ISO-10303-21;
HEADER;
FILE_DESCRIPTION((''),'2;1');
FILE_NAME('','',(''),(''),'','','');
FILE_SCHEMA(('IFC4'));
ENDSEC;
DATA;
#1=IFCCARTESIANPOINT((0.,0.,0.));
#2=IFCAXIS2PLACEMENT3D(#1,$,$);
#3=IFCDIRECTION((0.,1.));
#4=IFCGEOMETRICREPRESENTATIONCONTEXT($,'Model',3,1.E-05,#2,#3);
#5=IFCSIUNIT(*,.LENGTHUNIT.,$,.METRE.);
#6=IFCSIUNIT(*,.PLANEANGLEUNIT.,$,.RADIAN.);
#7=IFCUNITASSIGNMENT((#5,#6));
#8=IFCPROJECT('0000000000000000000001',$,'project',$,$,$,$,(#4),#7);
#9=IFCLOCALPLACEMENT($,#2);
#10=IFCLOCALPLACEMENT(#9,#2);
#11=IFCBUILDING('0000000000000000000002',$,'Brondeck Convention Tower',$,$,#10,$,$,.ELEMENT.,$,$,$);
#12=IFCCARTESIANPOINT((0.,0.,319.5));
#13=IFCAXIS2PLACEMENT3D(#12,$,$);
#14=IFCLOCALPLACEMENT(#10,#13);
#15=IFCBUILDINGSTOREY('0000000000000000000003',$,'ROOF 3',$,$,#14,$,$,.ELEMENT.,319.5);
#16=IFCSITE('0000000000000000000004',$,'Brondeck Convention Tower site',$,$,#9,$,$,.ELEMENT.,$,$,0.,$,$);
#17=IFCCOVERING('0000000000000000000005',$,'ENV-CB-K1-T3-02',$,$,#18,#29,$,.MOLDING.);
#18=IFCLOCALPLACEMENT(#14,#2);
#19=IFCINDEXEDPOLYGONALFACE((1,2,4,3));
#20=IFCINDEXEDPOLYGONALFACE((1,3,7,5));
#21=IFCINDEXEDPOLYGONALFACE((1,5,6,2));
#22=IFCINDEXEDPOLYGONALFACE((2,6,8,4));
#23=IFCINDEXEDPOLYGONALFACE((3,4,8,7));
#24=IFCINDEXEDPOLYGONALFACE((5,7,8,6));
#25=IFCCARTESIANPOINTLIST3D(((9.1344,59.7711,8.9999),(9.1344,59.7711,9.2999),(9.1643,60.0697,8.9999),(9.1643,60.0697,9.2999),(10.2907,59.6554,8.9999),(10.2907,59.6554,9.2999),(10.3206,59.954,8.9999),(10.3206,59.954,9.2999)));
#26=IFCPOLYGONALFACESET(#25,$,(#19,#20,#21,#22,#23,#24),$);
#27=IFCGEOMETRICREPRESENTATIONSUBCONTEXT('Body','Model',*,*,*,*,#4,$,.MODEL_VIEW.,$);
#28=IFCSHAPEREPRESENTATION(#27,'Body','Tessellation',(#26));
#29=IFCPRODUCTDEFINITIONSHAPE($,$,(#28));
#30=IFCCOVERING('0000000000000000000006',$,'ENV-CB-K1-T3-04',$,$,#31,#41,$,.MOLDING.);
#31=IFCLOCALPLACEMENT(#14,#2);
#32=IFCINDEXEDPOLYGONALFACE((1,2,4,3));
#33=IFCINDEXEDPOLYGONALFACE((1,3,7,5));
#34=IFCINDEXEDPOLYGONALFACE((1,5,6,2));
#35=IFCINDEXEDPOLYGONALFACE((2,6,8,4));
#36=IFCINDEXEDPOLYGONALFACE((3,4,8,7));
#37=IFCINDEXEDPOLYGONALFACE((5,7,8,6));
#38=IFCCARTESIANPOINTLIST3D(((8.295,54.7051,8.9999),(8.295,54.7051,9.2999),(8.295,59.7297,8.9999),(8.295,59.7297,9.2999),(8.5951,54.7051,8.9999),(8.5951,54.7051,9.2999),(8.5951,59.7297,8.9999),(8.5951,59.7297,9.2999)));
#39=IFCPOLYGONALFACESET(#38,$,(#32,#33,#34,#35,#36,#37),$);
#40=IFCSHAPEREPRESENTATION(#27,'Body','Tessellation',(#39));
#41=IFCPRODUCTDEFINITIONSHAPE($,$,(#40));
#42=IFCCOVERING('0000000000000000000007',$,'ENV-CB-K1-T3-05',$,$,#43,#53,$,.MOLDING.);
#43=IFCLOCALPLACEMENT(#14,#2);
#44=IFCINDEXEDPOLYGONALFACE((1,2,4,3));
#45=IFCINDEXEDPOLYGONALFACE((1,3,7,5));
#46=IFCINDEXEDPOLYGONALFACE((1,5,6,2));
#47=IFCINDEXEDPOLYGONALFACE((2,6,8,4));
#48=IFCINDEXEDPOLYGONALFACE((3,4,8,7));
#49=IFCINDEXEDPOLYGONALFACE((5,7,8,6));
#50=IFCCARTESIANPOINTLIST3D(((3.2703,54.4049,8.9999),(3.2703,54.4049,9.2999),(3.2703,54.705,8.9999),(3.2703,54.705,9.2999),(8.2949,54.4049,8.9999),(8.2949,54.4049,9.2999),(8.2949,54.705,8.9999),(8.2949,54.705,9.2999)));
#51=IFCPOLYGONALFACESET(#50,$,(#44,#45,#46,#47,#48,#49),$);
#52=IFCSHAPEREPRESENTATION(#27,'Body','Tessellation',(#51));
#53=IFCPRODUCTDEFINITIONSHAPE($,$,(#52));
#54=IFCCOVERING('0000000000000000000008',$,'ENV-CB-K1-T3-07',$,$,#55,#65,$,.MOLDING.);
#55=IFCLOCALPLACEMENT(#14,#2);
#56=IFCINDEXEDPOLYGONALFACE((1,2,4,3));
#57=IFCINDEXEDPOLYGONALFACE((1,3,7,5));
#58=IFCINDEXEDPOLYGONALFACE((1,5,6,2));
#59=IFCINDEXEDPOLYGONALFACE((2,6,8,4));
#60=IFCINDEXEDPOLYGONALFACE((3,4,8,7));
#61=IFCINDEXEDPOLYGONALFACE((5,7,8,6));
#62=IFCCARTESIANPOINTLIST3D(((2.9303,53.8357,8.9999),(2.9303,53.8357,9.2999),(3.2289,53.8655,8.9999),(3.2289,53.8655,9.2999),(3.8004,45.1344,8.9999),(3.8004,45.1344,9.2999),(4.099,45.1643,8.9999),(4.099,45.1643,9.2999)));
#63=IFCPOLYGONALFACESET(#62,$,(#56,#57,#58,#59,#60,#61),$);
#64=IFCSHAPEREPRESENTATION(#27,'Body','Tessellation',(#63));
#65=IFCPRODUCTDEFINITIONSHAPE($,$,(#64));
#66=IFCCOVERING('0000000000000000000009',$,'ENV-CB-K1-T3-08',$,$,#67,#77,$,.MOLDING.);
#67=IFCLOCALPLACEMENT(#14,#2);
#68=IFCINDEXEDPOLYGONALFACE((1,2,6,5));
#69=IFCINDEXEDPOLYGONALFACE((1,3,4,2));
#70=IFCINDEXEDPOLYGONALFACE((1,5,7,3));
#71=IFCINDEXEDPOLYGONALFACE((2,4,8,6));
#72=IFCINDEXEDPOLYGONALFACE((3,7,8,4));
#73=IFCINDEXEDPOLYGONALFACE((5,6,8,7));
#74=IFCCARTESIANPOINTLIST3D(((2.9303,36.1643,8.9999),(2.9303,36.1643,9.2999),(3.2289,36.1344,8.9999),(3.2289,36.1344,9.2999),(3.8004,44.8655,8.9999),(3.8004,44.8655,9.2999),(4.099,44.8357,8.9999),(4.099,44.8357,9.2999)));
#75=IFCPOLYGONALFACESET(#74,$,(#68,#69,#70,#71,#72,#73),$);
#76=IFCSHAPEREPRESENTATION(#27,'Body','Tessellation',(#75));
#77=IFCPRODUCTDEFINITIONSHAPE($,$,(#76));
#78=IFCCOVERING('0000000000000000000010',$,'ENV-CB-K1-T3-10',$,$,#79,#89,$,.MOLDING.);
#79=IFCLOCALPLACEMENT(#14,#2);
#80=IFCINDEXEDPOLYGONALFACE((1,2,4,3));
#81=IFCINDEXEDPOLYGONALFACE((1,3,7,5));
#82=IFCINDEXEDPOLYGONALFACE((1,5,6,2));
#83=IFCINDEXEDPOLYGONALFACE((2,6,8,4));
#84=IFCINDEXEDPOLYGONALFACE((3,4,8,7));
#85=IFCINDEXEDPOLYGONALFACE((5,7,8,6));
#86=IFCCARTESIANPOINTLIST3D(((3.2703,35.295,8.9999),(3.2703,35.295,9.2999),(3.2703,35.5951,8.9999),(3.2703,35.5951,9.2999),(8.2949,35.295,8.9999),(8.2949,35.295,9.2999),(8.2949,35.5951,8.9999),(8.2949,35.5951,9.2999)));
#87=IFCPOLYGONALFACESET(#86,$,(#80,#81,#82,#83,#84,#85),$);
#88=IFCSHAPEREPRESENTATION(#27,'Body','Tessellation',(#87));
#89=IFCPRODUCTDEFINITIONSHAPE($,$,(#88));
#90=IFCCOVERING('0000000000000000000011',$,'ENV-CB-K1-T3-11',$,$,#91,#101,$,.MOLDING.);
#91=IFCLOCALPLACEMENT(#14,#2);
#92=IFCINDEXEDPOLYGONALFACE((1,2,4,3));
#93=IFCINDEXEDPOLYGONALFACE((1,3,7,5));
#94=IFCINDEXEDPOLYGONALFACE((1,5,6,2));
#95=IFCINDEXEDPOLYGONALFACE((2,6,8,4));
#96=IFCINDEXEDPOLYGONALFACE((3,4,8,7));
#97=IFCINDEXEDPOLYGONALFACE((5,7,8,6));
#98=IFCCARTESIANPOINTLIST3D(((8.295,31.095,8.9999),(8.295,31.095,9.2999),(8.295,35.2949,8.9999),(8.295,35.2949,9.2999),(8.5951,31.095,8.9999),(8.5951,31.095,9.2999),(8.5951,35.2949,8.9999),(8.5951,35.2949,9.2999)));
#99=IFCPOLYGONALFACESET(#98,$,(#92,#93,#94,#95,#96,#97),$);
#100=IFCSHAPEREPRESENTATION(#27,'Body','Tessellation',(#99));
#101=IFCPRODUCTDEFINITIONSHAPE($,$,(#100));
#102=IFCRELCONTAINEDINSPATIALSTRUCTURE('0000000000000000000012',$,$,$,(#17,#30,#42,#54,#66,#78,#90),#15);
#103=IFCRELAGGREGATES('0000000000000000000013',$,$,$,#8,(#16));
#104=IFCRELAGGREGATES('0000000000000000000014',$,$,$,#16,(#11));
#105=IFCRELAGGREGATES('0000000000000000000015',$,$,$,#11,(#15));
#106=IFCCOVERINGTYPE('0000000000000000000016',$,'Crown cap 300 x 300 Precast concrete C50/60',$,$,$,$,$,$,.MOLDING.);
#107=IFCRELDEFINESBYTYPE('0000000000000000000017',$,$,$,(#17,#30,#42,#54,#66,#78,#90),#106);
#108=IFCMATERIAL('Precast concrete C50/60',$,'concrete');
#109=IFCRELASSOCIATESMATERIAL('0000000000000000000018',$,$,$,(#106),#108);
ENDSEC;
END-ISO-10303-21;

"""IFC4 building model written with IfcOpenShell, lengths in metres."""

from ifc_helpers import new_model, si_unit, direction, frame, origin, origin_2d, place, context, subcontext, project, spatial, rectangle, extrude, material, material_profile, profile_set, type_object, element, save


model = new_model("IFC4")

# Units and contexts
model_context = context("Model", 3, precision=1e-05, world=origin(), true_north=direction((0.0, 1.0)))
body_context = subcontext(model_context, "Body", "Model", "MODEL_VIEW")
ifc_project = project(units=[si_unit("LENGTHUNIT", "METRE"), si_unit("PLANEANGLEUNIT", "RADIAN")], contexts=[model_context])

# Site, building, storey
site_placement = place(None, origin())
site = spatial("IfcSite", under=ifc_project, at=site_placement, Name="Brondeck Convention Tower site", CompositionType="ELEMENT", RefElevation=0.0)
building_placement = place(site_placement, origin())
building = spatial("IfcBuilding", under=site, at=building_placement, Name="Brondeck Convention Tower", CompositionType="ELEMENT")
storey_placement = place(building_placement, frame((0.0, 0.0, 319.5)))
storey = spatial("IfcBuildingStorey", under=building, at=storey_placement, Name="ROOF 3", CompositionType="ELEMENT", Elevation=319.5)

# Coverings
ifc_material_1 = material(Name="Precast concrete C50/60", Category="concrete")
ifc_material_profile = material_profile(ifc_material_1, rectangle(XDim=0.3, YDim=0.3, at=origin_2d()), Name="Crown cap 300 x 300 Precast concrete C50/60")
ifc_profile_set = profile_set([ifc_material_profile], Name="Precast concrete C50/60")
covering_type = type_object("IfcCoveringType", Name="Crown cap 300 x 300 Precast concrete C50/60", PredefinedType="MOLDING", material=ifc_profile_set)
covering_1_placement = place(storey_placement, frame((10.3057, 59.8047, 9.1499), z_axis=(-0.995029, 0.099587, 0.0), x_axis=(-0.099587, -0.995029, 0.0)))
element("IfcCovering", 1, at=covering_1_placement, inside=storey, type_object=covering_type, Name="ENV-CB-K1-T3-02", PredefinedType="MOLDING", context=body_context, shape_type="SweptSolid", body=[
    extrude(rectangle(XDim=0.3, YDim=0.3, at=origin_2d()), origin(), (0.0, 0.0, 1.0), 1.1621),
])
for number, where, z_axis, x_axis, name in (
    (2, (8.4451, 59.7297, 9.1499), (0.0, -1.0, 0.0), (1.0, 0.0, 0.0), "ENV-CB-K1-T3-04"),
    (3, (8.2949, 54.5549, 9.1499), (-1.0, 0.0, 0.0), (0.0, -1.0, 0.0), "ENV-CB-K1-T3-05"),
):
    element("IfcCovering", number, at=place(storey_placement, frame(where, z_axis=z_axis, x_axis=x_axis)), inside=storey, type_object=covering_type, Name=name, PredefinedType="MOLDING", context=body_context, shape_type="SweptSolid", body=[
        extrude(rectangle(XDim=0.3, YDim=0.3, at=origin_2d()), origin(), (0.0, 0.0, 1.0), 5.0247),
    ])
for number, where, z_axis, x_axis, name in (
    (4, (3.0796, 53.8506, 9.1499), (0.099504, -0.995037, 0.0), (0.995037, 0.099504, 0.0), "ENV-CB-K1-T3-07"),
    (5, (3.9497, 44.8506, 9.1499), (-0.099504, -0.995037, 0.0), (0.995037, -0.099504, 0.0), "ENV-CB-K1-T3-08"),
):
    element("IfcCovering", number, at=place(storey_placement, frame(where, z_axis=z_axis, x_axis=x_axis)), inside=storey, type_object=covering_type, Name=name, PredefinedType="MOLDING", context=body_context, shape_type="SweptSolid", body=[
        extrude(rectangle(XDim=0.3, YDim=0.3, at=origin_2d()), origin(), (0.0, 0.0, 1.0), 8.7446),
    ])
covering_2_placement = place(storey_placement, frame((3.2703, 35.4451, 9.1499), z_axis=(1.0, 0.0, 0.0), x_axis=(0.0, 1.0, 0.0)))
element("IfcCovering", 6, at=covering_2_placement, inside=storey, type_object=covering_type, Name="ENV-CB-K1-T3-10", PredefinedType="MOLDING", context=body_context, shape_type="SweptSolid", body=[
    extrude(rectangle(XDim=0.3, YDim=0.3, at=origin_2d()), origin(), (0.0, 0.0, 1.0), 5.0247),
])
covering_3_placement = place(storey_placement, frame((8.4451, 35.2949, 9.1499), z_axis=(0.0, -1.0, 0.0), x_axis=(1.0, 0.0, 0.0)))
element("IfcCovering", 7, at=covering_3_placement, inside=storey, type_object=covering_type, Name="ENV-CB-K1-T3-11", PredefinedType="MOLDING", context=body_context, shape_type="SweptSolid", body=[
    extrude(rectangle(XDim=0.3, YDim=0.3, at=origin_2d()), origin(), (0.0, 0.0, 1.0), 4.2),
])

save(model, "model.ifc")
